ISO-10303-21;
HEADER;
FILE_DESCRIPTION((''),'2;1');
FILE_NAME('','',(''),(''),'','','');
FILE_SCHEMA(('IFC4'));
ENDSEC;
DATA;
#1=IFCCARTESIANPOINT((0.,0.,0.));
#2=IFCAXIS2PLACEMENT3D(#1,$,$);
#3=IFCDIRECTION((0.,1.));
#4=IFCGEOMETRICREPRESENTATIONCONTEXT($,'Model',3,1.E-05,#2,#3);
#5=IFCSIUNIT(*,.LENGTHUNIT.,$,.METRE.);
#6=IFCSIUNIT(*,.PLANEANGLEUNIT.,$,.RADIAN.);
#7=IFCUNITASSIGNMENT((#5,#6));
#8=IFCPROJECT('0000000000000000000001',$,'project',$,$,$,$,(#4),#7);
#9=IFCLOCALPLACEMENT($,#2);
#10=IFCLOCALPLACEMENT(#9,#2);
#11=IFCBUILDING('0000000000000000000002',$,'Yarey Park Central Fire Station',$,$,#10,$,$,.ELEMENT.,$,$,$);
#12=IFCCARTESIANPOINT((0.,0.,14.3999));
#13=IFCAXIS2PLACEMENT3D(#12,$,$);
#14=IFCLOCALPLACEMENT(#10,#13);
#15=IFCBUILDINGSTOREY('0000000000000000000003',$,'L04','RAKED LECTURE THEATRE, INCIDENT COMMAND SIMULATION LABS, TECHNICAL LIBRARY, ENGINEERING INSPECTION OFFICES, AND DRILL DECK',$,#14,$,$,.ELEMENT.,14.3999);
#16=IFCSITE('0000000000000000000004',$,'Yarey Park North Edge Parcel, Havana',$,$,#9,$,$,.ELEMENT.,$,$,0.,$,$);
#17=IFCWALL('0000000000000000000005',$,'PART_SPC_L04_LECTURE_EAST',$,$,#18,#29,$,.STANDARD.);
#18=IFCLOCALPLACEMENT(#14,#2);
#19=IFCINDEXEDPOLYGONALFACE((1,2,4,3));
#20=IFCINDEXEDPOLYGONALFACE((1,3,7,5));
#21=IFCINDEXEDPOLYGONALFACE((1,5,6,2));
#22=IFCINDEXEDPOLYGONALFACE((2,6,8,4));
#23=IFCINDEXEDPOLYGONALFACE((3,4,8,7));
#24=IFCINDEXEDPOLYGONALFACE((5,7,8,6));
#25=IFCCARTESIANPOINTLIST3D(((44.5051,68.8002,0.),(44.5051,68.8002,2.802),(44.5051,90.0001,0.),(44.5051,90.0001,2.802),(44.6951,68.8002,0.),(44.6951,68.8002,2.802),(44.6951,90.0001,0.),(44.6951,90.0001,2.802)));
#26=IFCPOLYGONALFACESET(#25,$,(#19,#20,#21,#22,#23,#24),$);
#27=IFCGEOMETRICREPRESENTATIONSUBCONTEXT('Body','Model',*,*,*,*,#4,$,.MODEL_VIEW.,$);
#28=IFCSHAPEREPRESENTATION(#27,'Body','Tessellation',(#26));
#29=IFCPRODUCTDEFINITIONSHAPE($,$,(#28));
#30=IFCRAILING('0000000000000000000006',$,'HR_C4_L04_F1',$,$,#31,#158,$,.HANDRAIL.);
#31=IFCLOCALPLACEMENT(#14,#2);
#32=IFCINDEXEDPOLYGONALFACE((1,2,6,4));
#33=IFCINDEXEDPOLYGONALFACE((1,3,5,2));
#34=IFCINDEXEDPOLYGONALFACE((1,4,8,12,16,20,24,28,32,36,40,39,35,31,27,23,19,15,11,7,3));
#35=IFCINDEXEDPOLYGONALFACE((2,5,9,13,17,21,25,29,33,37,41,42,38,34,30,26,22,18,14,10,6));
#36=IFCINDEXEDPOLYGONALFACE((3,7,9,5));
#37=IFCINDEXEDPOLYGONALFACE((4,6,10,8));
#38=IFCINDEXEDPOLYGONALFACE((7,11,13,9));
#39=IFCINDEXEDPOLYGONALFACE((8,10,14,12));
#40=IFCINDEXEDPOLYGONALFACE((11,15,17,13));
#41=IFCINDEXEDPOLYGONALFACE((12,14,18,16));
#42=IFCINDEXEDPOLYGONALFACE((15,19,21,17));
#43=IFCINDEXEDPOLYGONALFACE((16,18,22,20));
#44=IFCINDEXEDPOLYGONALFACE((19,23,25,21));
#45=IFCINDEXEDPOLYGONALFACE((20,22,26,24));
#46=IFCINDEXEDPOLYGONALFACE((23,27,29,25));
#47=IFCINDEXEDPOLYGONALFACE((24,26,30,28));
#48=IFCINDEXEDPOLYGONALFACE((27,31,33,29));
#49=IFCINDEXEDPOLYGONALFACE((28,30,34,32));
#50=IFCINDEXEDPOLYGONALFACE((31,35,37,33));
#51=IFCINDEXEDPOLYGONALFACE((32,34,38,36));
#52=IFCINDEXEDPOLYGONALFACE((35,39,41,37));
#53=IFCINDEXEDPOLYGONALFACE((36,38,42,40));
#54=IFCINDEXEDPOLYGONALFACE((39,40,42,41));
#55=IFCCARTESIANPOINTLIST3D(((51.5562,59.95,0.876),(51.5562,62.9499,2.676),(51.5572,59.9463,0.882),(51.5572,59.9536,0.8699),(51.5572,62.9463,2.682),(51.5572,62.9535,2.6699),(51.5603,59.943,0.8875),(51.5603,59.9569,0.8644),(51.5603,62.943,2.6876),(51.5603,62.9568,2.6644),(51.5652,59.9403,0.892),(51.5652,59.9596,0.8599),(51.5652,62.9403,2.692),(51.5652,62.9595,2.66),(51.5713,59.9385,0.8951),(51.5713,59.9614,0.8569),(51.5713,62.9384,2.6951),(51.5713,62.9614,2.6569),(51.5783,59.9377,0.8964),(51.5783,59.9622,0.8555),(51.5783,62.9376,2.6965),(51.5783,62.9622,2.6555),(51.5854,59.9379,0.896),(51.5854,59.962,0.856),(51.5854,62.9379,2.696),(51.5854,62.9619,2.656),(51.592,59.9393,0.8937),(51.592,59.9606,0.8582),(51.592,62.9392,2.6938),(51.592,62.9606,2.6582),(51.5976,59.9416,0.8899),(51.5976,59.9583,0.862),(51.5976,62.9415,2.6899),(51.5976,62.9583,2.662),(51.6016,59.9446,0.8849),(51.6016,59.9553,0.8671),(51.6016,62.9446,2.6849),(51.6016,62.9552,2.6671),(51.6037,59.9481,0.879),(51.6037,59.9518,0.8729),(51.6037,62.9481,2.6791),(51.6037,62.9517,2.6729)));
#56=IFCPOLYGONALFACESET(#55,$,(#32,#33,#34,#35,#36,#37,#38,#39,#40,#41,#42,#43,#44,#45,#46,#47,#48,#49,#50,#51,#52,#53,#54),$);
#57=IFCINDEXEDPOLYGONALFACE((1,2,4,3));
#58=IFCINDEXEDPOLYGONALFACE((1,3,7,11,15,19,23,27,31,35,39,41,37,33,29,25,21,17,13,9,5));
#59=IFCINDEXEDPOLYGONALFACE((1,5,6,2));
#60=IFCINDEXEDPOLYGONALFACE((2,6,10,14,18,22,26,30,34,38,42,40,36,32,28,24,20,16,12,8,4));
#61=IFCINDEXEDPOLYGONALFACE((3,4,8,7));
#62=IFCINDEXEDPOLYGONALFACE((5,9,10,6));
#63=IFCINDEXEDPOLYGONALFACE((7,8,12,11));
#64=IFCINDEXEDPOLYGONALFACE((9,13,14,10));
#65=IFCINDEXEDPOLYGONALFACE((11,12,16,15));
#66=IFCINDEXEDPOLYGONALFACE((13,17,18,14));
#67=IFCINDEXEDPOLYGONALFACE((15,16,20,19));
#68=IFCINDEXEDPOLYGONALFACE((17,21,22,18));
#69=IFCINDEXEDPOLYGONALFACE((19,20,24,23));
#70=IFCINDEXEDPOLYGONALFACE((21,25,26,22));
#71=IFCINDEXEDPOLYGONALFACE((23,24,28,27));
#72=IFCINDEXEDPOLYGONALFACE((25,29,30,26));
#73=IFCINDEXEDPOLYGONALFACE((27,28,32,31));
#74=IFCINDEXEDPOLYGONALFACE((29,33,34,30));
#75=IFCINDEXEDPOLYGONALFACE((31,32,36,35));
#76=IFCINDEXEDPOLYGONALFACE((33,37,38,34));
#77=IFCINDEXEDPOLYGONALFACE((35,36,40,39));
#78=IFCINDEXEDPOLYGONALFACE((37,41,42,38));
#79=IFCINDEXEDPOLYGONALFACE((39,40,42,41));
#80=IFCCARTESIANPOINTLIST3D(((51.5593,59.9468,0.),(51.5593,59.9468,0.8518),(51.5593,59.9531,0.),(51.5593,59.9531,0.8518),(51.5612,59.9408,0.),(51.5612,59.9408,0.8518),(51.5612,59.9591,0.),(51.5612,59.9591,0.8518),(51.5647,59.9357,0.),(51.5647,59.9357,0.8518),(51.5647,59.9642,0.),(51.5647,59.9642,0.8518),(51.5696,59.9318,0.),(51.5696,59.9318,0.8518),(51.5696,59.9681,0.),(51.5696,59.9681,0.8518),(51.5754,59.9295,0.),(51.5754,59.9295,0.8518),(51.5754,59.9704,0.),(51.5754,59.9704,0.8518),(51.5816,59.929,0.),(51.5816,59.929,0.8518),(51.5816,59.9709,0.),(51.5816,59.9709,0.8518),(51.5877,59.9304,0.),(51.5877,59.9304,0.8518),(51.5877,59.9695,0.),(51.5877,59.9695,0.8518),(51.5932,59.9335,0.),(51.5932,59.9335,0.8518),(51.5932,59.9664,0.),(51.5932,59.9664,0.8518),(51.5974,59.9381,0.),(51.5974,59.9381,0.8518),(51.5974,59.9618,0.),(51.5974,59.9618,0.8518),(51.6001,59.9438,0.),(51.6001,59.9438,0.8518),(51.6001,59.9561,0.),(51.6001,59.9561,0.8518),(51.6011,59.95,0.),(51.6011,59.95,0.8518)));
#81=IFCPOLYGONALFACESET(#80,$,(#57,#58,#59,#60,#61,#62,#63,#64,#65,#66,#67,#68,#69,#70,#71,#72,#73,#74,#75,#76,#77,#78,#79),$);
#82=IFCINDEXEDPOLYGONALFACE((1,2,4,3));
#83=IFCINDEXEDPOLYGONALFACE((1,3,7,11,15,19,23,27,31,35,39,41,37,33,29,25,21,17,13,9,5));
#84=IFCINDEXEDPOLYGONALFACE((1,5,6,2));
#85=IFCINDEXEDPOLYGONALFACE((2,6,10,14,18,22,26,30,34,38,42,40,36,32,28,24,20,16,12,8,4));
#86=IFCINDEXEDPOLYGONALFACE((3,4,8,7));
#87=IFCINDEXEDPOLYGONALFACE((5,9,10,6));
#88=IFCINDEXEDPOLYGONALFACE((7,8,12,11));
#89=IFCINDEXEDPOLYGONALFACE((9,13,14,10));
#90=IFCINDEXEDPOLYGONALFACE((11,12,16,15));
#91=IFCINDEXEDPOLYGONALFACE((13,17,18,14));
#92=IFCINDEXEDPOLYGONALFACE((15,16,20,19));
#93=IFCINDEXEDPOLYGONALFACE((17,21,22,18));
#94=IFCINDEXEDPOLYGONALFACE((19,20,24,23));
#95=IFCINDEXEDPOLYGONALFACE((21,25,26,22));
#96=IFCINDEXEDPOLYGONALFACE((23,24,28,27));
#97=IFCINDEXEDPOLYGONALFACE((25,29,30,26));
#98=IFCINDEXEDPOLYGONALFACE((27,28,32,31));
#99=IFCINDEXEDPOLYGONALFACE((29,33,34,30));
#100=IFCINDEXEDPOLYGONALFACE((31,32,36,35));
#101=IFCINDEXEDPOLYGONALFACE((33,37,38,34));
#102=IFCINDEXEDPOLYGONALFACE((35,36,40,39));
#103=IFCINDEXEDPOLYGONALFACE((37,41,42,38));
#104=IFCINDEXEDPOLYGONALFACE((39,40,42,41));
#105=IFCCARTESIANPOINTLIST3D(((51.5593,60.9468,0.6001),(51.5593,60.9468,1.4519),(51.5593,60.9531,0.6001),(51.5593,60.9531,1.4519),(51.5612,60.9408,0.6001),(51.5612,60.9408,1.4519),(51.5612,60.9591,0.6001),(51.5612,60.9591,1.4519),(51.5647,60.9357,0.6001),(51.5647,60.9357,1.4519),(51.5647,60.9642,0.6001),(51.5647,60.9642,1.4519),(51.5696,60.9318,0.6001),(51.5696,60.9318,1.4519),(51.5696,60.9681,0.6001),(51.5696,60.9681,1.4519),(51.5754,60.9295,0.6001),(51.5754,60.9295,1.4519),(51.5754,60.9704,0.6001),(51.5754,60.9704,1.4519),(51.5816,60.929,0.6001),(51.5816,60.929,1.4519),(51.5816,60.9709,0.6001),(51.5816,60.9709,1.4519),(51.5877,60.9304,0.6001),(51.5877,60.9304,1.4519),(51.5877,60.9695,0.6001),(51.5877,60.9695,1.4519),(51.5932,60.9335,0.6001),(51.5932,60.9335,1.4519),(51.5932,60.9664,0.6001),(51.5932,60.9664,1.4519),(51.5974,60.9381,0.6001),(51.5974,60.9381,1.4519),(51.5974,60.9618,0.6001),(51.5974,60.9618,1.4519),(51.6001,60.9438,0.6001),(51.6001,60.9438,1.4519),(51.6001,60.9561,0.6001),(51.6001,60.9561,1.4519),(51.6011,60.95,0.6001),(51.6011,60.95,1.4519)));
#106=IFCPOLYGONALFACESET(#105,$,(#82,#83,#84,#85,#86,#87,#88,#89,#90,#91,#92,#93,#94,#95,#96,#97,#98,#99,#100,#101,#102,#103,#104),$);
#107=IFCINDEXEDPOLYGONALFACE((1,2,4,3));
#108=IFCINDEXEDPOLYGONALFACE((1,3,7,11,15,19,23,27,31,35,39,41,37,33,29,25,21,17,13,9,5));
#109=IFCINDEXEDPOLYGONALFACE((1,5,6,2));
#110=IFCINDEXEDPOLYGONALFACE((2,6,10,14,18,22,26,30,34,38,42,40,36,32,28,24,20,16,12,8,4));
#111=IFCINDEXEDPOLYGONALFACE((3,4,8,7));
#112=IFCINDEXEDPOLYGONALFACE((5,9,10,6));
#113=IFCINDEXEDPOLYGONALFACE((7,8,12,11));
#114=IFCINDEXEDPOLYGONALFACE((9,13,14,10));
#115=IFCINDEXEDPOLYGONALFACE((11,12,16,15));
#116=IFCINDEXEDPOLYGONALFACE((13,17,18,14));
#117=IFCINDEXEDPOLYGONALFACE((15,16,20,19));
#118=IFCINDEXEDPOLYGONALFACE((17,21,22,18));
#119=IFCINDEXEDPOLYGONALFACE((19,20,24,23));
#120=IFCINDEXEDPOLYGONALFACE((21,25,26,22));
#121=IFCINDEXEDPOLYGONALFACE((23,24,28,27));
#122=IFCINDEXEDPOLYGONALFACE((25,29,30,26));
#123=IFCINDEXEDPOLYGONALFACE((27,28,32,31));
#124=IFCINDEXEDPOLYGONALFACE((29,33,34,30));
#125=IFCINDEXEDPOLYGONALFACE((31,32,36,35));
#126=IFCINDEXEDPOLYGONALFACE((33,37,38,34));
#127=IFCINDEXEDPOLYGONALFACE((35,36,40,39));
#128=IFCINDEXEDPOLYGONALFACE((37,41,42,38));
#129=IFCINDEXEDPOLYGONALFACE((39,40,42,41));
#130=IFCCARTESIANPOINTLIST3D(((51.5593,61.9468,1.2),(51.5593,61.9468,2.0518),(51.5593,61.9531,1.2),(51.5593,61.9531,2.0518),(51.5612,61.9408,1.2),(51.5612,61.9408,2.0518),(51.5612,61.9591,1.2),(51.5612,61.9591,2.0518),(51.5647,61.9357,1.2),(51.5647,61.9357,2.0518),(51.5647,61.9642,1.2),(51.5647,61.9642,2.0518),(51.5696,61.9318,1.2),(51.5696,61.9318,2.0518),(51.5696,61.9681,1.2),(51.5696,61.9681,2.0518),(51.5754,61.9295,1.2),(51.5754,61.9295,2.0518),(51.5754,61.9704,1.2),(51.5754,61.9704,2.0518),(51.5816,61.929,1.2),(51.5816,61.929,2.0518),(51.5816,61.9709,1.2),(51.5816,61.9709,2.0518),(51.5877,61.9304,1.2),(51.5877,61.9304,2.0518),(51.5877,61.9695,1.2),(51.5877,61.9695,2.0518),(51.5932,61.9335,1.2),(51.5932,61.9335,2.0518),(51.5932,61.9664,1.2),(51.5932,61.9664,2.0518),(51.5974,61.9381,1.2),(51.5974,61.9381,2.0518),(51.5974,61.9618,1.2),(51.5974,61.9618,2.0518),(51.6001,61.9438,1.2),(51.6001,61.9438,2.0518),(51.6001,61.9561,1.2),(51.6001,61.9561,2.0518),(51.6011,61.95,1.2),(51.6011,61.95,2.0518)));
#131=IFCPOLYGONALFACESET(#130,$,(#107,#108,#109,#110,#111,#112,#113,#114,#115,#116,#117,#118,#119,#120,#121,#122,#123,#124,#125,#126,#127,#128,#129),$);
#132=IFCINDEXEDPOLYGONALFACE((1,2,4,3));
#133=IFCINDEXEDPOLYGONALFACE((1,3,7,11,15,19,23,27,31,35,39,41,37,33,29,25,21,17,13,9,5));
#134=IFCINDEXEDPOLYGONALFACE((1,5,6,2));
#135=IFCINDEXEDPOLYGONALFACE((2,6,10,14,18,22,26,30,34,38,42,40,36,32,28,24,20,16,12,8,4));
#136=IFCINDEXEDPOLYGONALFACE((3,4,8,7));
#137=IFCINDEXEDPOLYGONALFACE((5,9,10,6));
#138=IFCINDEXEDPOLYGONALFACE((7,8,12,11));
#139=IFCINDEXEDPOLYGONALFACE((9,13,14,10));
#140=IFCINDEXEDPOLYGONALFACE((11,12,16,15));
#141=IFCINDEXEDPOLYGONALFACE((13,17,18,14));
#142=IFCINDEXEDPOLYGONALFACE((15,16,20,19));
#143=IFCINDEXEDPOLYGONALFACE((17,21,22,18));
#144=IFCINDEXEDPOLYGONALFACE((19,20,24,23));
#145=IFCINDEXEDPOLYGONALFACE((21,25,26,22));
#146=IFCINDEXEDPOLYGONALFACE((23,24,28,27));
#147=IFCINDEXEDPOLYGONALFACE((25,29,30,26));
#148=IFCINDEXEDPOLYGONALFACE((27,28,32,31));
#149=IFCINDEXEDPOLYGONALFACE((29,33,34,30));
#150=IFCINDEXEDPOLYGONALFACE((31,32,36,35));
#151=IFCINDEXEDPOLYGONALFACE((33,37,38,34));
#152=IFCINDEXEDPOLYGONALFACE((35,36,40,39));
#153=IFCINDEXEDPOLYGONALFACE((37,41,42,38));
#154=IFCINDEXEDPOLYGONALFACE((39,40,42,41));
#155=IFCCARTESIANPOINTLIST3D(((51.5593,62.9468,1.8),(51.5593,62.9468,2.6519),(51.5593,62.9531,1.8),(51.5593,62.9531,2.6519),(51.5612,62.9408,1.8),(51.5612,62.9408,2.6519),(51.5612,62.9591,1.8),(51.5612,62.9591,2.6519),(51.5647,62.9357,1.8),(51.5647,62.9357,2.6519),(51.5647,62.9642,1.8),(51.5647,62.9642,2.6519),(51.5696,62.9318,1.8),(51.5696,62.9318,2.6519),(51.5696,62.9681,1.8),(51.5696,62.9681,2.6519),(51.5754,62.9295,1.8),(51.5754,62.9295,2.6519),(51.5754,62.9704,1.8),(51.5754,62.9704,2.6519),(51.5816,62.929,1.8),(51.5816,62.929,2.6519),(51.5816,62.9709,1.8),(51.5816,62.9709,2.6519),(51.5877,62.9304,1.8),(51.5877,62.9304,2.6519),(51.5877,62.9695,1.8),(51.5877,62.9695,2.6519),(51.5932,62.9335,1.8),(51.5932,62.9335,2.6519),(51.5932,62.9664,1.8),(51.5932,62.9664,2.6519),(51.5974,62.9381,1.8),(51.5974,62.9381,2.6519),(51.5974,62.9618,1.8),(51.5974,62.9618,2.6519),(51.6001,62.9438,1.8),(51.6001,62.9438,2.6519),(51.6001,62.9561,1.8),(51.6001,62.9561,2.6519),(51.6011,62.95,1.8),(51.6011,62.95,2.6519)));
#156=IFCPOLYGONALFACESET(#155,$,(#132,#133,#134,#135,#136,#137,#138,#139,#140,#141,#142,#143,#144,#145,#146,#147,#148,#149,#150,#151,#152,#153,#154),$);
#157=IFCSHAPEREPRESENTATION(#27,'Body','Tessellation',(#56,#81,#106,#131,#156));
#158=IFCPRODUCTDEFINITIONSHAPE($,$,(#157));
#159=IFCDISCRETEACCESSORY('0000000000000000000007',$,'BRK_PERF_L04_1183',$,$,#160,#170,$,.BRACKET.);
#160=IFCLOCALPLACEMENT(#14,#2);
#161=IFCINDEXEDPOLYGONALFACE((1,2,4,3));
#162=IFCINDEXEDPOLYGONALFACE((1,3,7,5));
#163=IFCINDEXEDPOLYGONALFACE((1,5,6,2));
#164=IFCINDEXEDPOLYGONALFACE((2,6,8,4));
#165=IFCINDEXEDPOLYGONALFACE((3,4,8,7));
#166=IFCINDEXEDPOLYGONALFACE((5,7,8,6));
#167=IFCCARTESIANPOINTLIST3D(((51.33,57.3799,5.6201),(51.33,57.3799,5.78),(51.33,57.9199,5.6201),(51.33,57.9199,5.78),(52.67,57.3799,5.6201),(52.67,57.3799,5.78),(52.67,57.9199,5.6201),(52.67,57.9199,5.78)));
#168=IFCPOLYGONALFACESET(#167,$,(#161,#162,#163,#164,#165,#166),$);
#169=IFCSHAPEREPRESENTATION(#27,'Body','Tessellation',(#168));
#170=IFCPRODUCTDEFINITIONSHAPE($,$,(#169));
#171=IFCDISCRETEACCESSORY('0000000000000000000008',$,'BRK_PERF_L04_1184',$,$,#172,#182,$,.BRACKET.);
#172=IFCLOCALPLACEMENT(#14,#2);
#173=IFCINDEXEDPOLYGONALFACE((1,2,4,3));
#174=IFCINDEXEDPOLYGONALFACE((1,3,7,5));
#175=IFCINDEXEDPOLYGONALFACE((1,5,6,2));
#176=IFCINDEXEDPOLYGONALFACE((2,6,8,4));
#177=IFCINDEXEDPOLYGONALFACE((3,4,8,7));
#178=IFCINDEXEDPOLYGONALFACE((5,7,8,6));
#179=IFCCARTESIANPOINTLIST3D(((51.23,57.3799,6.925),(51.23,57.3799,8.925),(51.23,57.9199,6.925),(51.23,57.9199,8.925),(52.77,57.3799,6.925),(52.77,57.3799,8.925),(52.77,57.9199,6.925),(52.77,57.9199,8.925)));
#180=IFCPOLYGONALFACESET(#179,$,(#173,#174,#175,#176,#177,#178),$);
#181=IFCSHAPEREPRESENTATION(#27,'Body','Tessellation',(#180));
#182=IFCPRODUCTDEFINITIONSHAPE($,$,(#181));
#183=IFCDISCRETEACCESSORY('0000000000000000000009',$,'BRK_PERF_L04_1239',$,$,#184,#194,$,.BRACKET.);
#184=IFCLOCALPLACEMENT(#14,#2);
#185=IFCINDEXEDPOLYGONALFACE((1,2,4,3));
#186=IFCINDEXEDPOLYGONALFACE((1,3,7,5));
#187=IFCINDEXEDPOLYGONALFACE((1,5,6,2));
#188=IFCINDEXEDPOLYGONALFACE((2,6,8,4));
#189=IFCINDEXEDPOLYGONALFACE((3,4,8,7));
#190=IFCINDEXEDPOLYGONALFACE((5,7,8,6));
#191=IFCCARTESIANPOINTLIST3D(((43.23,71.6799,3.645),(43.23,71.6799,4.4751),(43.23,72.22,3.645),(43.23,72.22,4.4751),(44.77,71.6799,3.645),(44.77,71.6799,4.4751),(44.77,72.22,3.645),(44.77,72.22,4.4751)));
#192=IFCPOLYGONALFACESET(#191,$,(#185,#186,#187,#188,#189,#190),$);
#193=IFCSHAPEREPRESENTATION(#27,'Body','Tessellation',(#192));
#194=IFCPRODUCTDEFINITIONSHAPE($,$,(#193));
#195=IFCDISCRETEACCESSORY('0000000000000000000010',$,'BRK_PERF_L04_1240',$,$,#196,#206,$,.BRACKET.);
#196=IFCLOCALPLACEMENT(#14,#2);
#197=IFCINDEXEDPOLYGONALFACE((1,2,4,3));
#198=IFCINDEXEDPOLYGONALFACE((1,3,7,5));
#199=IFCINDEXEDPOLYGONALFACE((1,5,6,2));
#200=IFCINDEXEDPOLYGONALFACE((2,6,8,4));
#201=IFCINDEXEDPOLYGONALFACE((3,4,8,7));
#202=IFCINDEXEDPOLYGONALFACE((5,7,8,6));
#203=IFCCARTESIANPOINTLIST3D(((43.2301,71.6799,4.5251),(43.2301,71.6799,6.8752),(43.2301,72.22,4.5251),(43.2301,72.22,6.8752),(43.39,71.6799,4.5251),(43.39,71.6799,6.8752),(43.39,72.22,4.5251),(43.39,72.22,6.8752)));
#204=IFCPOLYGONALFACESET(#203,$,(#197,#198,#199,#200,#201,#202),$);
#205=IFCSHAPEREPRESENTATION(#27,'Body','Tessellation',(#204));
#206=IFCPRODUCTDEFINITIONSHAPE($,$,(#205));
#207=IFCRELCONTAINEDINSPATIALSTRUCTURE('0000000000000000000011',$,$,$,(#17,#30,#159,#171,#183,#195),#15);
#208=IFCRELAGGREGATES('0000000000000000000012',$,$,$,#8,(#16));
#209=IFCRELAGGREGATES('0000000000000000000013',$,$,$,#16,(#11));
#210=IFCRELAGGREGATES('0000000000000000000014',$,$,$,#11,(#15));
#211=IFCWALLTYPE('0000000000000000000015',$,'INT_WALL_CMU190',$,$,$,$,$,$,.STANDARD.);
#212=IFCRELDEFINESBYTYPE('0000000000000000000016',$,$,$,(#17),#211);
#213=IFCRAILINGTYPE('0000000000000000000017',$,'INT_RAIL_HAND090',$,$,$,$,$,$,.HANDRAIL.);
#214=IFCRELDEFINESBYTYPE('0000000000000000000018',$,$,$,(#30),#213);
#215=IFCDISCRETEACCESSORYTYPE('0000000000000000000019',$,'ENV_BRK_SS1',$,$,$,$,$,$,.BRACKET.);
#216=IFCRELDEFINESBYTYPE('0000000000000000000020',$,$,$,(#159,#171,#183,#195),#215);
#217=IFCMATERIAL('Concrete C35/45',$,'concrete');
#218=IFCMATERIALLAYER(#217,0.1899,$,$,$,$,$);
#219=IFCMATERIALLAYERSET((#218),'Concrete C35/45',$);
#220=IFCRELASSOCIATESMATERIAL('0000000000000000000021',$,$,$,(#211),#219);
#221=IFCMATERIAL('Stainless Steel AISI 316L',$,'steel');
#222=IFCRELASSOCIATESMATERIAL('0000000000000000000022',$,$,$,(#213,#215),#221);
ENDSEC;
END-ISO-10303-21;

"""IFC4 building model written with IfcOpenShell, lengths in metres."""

from ifc_helpers import new_model, si_unit, direction, frame, frame_2d, origin, origin_2d, place, context, subcontext, project, spatial, rectangle, circle, extrude, material, layer, layer_set, type_object, element, save


model = new_model("IFC4")

# Units and contexts
model_context = context("Model", 3, precision=1e-05, world=origin(), true_north=direction((0.0, 1.0)))
body_context = subcontext(model_context, "Body", "Model", "MODEL_VIEW")
ifc_project = project(units=[si_unit("LENGTHUNIT", "METRE"), si_unit("PLANEANGLEUNIT", "RADIAN")], contexts=[model_context])

# Site, building, storey
site_placement = place(None, origin())
site = spatial("IfcSite", under=ifc_project, at=site_placement, Name="Yarey Park North Edge Parcel, Havana", CompositionType="ELEMENT", RefElevation=0.0)
building_placement = place(site_placement, origin())
building = spatial("IfcBuilding", under=site, at=building_placement, Name="Yarey Park Central Fire Station", CompositionType="ELEMENT")
storey_placement = place(building_placement, frame((0.0, 0.0, 14.3999)))
storey = spatial("IfcBuildingStorey", under=building, at=storey_placement, Name="L04", Description="RAKED LECTURE THEATRE, INCIDENT COMMAND SIMULATION LABS, TECHNICAL LIBRARY, ENGINEERING INSPECTION OFFICES, AND DRILL DECK", CompositionType="ELEMENT", Elevation=14.3999)

# Shared definitions
ifc_material_1 = material(Name="Stainless Steel AISI 316L", Category="steel")

# Shared definitions
ifc_material_2 = material(Name="Concrete C35/45", Category="concrete")
ifc_layer_1 = layer(ifc_material_2, 0.1899)
ifc_layer_set_1 = layer_set([ifc_layer_1], Name="Concrete C35/45")
wall_type_1 = type_object("IfcWallType", Name="INT_WALL_CMU190", PredefinedType="STANDARD", material=ifc_layer_set_1)

# Wall
wall_1_placement = place(storey_placement, frame((44.6001, 68.8, 0.0), z_axis=(0.0, 0.0, 1.0), x_axis=(0.0, 1.0, 0.0)))
element("IfcWall", 1, at=wall_1_placement, inside=storey, type_object=wall_type_1, Name="PART_SPC_L04_LECTURE_EAST", PredefinedType="STANDARD", context=body_context, shape_type="SweptSolid", body=[
    extrude(rectangle(XDim=21.2, YDim=0.1899, at=frame_2d((10.6001, 0.0))), origin(), (0.0, 0.0, 1.0), 2.802),
])

# Railing
railing_type = type_object("IfcRailingType", Name="INT_RAIL_HAND090", PredefinedType="HANDRAIL", material=ifc_material_1)
railing_placement = place(storey_placement, frame((51.5801, 59.95, 0.0)))
element("IfcRailing", 2, at=railing_placement, inside=storey, type_object=railing_type, Name="HR_C4_L04_F1", PredefinedType="HANDRAIL", context=body_context, shape_type="SweptSolid", body=[
    extrude(circle(Radius=0.0239, at=origin_2d()), frame((0.0, 0.0, 0.876), z_axis=(0.0, 0.857487, 0.514506), x_axis=(-1.0, 0.0, 0.0)), (0.0, 0.0, 1.0), 3.4985),
    extrude(circle(Radius=0.021, at=origin_2d()), origin(), (0.0, 0.0, 1.0), 0.8518),
    extrude(circle(Radius=0.021, at=origin_2d()), frame((0.0, 1.0, 0.6001)), (0.0, 0.0, 1.0), 0.8518),
    extrude(circle(Radius=0.021, at=origin_2d()), frame((0.0, 2.0, 1.2)), (0.0, 0.0, 1.0), 0.8518),
    extrude(circle(Radius=0.021, at=origin_2d()), frame((0.0, 3.0, 1.8)), (0.0, 0.0, 1.0), 0.8518),
])

# Discrete accessories
discrete_accessory_type = type_object("IfcDiscreteAccessoryType", Name="ENV_BRK_SS1", PredefinedType="BRACKET", material=ifc_material_1)
discrete_accessory_1_placement = place(storey_placement, frame((52.0, 57.6499, 5.6201), z_axis=(0.0, 0.0, 1.0), x_axis=(1.0, 0.0, 0.0)))
element("IfcDiscreteAccessory", 3, at=discrete_accessory_1_placement, inside=storey, type_object=discrete_accessory_type, Name="BRK_PERF_L04_1183", PredefinedType="BRACKET", context=body_context, shape_type="SweptSolid", body=[
    extrude(rectangle(XDim=1.3401, YDim=0.54, at=origin_2d()), origin(), (0.0, 0.0, 1.0), 0.1599),
])
discrete_accessory_2_placement = place(storey_placement, frame((52.0, 57.6499, 6.925), z_axis=(0.0, 0.0, 1.0), x_axis=(1.0, 0.0, 0.0)))
element("IfcDiscreteAccessory", 4, at=discrete_accessory_2_placement, inside=storey, type_object=discrete_accessory_type, Name="BRK_PERF_L04_1184", PredefinedType="BRACKET", context=body_context, shape_type="SweptSolid", body=[
    extrude(rectangle(XDim=1.54, YDim=0.54, at=origin_2d()), origin(), (0.0, 0.0, 1.0), 2.0),
])
discrete_accessory_3_placement = place(storey_placement, frame((44.0, 71.95, 3.645), z_axis=(0.0, 0.0, 1.0), x_axis=(1.0, 0.0, 0.0)))
element("IfcDiscreteAccessory", 5, at=discrete_accessory_3_placement, inside=storey, type_object=discrete_accessory_type, Name="BRK_PERF_L04_1239", PredefinedType="BRACKET", context=body_context, shape_type="SweptSolid", body=[
    extrude(rectangle(XDim=1.54, YDim=0.54, at=origin_2d()), origin(), (0.0, 0.0, 1.0), 0.8301),
])
discrete_accessory_4_placement = place(storey_placement, frame((43.3101, 71.95, 4.5251), z_axis=(0.0, 0.0, 1.0), x_axis=(1.0, 0.0, 0.0)))
element("IfcDiscreteAccessory", 6, at=discrete_accessory_4_placement, inside=storey, type_object=discrete_accessory_type, Name="BRK_PERF_L04_1240", PredefinedType="BRACKET", context=body_context, shape_type="SweptSolid", body=[
    extrude(rectangle(XDim=0.1599, YDim=0.54, at=origin_2d()), origin(), (0.0, 0.0, 1.0), 2.3501),
])

save(model, "model.ifc")
